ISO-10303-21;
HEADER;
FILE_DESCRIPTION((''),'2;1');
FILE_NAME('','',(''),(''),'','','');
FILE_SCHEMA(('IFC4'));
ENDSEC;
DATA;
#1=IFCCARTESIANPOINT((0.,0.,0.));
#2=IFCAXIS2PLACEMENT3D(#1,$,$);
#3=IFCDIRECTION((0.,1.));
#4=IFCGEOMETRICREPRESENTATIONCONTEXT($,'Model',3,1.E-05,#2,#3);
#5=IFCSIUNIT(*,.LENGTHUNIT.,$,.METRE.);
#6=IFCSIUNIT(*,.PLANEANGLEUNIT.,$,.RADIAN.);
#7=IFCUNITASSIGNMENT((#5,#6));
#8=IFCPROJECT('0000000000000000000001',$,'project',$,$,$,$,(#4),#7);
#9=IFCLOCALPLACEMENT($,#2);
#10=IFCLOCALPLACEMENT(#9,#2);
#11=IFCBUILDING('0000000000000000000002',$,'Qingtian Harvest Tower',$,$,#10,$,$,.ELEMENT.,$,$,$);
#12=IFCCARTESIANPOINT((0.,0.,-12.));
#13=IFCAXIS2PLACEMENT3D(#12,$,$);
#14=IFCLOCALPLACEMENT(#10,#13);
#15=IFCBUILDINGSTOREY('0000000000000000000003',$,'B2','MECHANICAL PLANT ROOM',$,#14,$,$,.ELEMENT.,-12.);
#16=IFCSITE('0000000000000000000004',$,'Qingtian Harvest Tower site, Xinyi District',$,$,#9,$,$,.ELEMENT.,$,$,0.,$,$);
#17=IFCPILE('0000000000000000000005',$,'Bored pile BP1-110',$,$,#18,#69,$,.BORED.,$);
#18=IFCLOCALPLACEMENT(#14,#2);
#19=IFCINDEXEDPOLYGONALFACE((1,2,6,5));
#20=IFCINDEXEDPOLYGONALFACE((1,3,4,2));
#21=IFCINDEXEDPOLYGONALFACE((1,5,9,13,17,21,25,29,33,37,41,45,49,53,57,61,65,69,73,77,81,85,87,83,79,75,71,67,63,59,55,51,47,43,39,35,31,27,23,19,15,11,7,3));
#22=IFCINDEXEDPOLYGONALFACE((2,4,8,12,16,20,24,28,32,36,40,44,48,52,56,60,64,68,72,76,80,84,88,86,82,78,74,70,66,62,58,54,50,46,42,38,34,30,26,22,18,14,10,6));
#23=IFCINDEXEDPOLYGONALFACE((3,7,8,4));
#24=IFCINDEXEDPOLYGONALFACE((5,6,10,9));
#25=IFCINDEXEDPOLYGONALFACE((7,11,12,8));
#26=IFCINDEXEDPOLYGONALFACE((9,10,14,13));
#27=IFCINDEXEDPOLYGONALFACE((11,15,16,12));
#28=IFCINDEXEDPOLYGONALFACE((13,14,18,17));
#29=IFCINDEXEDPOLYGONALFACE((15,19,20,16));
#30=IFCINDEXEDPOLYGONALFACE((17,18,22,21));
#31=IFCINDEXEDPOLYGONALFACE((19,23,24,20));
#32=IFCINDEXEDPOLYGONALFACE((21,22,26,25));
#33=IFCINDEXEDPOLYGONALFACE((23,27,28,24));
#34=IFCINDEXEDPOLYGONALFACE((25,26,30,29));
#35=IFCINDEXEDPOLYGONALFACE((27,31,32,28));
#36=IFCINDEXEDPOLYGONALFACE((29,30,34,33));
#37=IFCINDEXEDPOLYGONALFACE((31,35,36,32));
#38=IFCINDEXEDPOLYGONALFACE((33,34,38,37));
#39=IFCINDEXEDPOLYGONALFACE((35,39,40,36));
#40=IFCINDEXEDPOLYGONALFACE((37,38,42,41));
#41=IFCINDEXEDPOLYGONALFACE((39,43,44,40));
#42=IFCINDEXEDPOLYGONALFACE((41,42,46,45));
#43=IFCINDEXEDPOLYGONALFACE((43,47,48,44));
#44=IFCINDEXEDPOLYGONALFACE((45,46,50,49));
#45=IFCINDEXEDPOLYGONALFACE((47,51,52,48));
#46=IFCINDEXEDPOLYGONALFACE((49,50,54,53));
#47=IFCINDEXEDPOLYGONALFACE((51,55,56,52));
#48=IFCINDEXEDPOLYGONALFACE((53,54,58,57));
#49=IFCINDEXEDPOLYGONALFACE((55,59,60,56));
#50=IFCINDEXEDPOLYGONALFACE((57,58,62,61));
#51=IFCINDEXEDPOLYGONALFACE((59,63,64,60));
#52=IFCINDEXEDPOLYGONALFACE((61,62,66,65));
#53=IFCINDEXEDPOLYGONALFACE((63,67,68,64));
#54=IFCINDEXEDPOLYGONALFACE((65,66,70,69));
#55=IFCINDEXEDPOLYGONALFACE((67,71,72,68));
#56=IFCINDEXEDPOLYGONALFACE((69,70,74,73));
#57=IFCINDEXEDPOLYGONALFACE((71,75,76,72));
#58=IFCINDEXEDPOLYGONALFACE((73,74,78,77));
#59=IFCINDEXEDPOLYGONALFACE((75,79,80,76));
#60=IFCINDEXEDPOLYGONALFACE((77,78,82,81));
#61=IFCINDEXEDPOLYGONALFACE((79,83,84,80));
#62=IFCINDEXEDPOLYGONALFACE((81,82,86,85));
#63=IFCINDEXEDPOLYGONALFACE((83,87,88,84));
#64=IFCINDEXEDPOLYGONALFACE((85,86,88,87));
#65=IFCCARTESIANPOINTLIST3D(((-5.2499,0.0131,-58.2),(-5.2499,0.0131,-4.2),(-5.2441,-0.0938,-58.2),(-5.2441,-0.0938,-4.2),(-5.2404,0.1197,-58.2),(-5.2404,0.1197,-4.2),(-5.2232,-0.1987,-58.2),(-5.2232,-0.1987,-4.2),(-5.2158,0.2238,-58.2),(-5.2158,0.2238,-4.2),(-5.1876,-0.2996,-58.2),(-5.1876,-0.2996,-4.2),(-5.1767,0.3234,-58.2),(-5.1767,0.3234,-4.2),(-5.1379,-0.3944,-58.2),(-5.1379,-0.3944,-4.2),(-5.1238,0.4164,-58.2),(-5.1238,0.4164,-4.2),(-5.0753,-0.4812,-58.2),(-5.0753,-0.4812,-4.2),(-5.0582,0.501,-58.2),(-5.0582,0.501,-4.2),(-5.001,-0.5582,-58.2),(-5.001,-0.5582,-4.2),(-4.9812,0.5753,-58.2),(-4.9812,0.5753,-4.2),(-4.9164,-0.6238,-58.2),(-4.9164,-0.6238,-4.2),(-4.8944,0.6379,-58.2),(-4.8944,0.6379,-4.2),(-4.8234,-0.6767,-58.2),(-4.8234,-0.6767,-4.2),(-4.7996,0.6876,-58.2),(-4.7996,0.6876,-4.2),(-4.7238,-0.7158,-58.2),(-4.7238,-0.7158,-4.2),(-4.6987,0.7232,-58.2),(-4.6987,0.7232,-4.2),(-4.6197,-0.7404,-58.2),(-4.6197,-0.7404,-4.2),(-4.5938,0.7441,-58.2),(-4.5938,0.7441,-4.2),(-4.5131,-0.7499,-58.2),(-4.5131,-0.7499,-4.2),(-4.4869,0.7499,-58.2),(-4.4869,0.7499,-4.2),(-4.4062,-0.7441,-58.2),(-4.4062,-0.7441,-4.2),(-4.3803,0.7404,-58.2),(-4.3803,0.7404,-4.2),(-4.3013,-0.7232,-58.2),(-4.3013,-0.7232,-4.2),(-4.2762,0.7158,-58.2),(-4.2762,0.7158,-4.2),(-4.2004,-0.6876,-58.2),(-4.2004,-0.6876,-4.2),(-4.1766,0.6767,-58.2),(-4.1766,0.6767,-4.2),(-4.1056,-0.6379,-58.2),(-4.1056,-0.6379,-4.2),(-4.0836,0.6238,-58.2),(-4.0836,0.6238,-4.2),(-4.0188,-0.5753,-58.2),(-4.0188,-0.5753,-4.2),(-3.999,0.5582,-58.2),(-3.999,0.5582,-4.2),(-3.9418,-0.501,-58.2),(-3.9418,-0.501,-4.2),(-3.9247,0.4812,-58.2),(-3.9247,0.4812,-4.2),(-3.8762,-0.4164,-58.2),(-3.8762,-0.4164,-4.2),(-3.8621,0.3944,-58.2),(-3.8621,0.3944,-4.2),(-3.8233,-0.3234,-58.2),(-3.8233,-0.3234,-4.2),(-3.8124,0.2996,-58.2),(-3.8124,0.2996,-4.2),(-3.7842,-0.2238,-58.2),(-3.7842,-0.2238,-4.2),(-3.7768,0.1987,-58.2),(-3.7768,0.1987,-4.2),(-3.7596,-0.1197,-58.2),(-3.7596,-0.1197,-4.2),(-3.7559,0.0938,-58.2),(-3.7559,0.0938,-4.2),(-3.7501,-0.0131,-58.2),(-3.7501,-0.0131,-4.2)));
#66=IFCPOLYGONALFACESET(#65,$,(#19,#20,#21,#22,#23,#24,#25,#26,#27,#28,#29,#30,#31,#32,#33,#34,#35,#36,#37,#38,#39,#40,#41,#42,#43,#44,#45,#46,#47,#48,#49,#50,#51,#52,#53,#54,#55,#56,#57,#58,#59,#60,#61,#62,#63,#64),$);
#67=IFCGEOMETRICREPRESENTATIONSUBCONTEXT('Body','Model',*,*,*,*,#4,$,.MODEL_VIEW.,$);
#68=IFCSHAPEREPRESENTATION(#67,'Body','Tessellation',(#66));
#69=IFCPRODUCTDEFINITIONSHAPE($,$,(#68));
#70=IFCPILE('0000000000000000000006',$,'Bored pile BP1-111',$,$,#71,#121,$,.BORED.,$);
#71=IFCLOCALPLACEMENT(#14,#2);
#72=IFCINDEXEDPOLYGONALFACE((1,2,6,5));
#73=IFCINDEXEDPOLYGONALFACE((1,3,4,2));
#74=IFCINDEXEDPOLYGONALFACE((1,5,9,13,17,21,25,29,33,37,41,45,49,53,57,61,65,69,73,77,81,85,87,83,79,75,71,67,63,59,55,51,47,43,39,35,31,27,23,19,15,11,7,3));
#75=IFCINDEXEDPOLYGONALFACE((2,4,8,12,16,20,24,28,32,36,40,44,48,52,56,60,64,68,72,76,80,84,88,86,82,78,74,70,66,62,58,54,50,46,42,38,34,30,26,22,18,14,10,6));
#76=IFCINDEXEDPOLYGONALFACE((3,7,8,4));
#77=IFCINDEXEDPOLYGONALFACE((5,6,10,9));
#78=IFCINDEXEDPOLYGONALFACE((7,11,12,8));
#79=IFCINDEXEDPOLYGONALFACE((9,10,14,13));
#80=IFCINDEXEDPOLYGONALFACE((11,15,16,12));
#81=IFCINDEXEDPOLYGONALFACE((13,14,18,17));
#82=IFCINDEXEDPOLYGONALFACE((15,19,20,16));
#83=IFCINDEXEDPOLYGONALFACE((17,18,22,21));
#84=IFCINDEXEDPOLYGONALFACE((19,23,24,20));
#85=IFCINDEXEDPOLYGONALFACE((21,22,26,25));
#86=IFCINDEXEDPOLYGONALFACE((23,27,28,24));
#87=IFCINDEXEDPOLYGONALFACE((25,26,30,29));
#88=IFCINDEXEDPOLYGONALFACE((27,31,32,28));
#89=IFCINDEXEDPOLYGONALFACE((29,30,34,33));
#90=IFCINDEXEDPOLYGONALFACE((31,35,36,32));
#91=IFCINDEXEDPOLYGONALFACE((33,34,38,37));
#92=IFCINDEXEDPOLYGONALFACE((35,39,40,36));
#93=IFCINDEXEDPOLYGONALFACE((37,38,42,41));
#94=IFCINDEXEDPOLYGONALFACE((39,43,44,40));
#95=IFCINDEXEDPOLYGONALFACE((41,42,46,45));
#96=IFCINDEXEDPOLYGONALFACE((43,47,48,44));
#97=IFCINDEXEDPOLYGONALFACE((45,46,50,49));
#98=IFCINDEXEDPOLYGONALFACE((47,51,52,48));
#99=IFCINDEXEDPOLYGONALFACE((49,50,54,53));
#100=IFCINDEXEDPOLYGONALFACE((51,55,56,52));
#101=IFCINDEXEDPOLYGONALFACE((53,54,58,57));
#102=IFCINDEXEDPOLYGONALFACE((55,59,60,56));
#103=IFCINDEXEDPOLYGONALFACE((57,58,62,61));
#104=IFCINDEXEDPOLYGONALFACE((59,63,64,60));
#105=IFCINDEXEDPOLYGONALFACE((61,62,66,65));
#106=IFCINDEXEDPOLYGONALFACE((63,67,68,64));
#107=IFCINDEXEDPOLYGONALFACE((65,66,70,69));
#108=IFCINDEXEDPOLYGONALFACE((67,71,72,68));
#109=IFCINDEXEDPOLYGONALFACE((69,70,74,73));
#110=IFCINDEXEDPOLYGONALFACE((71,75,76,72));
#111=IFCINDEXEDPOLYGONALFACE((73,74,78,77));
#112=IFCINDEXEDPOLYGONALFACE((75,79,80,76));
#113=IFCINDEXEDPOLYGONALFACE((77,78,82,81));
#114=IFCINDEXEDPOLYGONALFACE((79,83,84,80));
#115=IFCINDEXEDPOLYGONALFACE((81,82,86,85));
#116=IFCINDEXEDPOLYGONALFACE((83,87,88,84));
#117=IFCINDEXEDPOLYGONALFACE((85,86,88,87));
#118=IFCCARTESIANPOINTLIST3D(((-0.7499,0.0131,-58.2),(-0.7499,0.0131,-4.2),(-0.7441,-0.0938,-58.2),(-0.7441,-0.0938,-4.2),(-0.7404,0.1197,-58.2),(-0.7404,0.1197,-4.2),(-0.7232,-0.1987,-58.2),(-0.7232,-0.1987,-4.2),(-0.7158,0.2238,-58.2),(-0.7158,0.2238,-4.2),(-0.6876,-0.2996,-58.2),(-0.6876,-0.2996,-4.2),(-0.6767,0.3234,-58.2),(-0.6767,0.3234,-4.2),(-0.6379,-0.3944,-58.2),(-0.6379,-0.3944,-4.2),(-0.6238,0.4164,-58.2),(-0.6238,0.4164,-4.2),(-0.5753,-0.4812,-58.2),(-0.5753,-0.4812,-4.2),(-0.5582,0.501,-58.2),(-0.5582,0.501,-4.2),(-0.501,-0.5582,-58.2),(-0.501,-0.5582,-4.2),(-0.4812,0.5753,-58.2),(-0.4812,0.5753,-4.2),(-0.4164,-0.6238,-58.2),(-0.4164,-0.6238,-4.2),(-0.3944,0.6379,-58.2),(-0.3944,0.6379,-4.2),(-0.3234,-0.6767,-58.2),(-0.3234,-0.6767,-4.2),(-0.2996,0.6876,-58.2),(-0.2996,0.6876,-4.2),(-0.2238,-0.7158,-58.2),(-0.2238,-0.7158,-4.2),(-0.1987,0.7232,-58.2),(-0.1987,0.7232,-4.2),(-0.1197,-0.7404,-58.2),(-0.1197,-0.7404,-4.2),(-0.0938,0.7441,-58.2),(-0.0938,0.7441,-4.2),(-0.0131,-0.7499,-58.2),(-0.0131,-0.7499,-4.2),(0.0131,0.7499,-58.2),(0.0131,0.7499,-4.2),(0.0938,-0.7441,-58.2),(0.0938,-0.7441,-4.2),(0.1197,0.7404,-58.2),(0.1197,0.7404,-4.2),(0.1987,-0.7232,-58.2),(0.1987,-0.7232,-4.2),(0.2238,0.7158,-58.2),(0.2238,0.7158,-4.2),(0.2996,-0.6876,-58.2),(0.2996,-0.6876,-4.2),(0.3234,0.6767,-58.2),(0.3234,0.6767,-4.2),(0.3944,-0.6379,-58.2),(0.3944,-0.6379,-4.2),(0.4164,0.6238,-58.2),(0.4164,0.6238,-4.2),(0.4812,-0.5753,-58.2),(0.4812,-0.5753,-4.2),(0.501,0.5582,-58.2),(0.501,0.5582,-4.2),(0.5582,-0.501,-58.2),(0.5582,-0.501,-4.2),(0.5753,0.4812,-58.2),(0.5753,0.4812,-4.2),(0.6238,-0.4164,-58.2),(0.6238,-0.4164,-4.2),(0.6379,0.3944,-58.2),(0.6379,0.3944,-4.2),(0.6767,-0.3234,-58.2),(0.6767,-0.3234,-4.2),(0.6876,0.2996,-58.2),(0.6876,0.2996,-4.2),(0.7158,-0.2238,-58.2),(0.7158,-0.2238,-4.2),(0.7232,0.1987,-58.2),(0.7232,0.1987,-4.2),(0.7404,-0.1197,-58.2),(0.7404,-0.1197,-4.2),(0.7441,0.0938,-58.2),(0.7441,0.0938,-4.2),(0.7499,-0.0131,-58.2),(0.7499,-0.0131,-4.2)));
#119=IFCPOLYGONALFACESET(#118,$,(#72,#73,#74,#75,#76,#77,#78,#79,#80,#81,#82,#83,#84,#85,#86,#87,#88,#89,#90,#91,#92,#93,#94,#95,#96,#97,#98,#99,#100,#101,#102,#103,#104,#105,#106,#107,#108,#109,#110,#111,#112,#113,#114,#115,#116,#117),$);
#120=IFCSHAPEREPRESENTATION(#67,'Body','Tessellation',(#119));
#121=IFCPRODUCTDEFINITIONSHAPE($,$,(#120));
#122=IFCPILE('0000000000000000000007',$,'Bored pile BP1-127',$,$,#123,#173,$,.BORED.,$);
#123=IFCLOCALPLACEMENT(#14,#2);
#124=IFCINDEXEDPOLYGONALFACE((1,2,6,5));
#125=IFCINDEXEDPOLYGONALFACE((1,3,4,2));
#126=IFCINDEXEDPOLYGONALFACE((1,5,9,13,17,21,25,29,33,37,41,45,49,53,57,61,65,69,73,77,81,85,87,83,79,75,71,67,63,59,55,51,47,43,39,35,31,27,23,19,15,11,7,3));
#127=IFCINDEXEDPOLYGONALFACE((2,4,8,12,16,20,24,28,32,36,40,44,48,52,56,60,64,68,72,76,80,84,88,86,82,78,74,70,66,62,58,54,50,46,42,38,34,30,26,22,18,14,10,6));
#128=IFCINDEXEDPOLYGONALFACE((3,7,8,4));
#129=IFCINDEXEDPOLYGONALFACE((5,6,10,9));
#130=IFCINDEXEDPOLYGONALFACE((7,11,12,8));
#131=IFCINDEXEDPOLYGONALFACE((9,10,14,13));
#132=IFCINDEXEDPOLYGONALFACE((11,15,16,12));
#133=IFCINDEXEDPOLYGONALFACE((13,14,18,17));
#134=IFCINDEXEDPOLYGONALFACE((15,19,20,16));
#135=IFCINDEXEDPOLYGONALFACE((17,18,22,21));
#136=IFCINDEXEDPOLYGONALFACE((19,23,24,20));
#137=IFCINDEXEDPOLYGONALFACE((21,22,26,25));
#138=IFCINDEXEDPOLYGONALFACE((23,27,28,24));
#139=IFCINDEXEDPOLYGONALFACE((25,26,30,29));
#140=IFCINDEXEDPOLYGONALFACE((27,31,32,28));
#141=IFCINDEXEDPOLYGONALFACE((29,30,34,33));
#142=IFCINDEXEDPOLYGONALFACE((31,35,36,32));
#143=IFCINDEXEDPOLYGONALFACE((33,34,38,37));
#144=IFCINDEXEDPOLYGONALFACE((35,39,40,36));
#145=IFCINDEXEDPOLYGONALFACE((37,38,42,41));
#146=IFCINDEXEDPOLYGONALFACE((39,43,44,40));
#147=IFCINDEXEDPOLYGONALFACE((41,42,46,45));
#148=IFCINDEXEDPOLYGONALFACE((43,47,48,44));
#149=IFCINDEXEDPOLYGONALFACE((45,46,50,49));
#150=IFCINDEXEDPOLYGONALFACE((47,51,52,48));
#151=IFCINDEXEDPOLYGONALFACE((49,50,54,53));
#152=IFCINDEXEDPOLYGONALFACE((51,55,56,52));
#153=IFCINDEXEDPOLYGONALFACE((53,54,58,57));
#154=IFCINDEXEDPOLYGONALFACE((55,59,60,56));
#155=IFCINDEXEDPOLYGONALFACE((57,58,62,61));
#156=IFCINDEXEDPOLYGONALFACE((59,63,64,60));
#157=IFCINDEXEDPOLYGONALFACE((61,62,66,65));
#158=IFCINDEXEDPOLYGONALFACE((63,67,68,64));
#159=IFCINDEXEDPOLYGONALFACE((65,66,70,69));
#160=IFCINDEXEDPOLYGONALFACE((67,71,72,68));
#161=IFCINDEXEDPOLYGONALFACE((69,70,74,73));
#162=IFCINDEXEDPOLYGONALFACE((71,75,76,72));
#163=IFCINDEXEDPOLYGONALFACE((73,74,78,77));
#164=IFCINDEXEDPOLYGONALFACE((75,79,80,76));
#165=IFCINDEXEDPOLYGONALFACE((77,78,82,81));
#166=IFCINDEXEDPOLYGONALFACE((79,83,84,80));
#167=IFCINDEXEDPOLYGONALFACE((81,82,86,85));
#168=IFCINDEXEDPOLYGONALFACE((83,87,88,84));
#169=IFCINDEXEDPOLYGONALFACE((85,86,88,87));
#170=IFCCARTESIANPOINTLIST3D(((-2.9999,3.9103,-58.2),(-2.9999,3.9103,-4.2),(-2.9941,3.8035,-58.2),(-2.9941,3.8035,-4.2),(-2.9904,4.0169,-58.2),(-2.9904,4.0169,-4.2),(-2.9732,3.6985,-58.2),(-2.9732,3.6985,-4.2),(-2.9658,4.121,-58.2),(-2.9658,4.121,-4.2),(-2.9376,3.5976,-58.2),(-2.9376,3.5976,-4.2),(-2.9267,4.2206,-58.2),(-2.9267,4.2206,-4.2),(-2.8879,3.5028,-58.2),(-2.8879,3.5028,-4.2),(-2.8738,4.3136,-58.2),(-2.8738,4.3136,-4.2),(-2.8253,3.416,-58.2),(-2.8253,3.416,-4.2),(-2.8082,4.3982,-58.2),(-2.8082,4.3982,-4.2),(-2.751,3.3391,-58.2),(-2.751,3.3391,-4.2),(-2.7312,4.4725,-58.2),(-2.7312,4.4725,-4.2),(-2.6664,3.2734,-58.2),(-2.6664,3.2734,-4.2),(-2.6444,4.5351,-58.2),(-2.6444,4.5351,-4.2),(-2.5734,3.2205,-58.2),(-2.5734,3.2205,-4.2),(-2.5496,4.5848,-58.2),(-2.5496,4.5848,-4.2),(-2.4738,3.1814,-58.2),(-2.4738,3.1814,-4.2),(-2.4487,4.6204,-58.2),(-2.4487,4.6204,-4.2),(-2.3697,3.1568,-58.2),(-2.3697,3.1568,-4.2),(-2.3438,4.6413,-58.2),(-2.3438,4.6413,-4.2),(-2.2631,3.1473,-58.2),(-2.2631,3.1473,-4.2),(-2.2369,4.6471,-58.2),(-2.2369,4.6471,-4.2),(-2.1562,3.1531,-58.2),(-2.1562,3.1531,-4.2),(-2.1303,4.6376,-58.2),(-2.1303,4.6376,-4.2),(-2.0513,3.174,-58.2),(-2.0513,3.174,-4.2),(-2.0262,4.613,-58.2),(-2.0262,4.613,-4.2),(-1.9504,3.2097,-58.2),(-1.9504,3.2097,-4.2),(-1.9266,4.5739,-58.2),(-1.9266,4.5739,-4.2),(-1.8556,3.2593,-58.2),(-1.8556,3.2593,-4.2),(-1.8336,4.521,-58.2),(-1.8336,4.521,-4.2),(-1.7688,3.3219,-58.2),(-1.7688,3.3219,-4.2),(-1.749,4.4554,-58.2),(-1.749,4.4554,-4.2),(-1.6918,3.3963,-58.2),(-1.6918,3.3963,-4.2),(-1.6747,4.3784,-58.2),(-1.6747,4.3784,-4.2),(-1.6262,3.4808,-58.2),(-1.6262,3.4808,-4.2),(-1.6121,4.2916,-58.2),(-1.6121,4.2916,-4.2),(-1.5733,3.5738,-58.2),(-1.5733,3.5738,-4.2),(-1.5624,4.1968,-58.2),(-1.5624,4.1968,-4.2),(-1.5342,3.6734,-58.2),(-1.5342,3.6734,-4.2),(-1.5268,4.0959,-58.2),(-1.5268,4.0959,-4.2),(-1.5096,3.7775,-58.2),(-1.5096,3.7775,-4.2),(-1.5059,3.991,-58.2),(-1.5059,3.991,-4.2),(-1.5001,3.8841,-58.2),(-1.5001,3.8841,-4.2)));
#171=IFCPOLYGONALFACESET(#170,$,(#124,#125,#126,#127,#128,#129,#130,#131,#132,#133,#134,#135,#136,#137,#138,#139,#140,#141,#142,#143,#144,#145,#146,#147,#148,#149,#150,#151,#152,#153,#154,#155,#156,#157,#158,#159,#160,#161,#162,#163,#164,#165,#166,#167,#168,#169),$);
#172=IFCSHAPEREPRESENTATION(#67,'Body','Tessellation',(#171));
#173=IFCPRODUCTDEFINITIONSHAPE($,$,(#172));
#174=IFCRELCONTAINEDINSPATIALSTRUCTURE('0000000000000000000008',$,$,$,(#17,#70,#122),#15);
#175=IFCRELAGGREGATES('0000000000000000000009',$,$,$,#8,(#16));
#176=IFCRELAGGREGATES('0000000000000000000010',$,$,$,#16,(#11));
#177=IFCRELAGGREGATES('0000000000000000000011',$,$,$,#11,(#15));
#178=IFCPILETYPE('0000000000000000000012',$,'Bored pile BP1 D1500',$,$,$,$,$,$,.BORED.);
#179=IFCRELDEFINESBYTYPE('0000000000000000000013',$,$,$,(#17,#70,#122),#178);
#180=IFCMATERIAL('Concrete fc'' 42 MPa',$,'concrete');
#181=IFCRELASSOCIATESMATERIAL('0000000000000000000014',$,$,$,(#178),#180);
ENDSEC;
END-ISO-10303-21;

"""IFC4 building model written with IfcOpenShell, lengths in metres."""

from ifc_helpers import new_model, si_unit, direction, frame, frame_2d, origin, place, context, subcontext, project, spatial, circle, extrude, material, material_profile, profile_set, type_object, element, save


model = new_model("IFC4")

# Units and contexts
model_context = context("Model", 3, precision=1e-05, world=origin(), true_north=direction((0.0, 1.0)))
body_context = subcontext(model_context, "Body", "Model", "MODEL_VIEW")
ifc_project = project(units=[si_unit("LENGTHUNIT", "METRE"), si_unit("PLANEANGLEUNIT", "RADIAN")], contexts=[model_context])

# Site, building, storey
site_placement = place(None, origin())
site = spatial("IfcSite", under=ifc_project, at=site_placement, Name="Qingtian Harvest Tower site, Xinyi District", CompositionType="ELEMENT", RefElevation=0.0)
building_placement = place(site_placement, origin())
building = spatial("IfcBuilding", under=site, at=building_placement, Name="Qingtian Harvest Tower", CompositionType="ELEMENT")
storey_placement = place(building_placement, frame((0.0, 0.0, -12.0)))
storey = spatial("IfcBuildingStorey", under=building, at=storey_placement, Name="B2", Description="MECHANICAL PLANT ROOM", CompositionType="ELEMENT", Elevation=-12.0)

# Piles
ifc_material_1 = material(Name="Concrete fc' 42 MPa", Category="concrete")
ifc_material_profile = material_profile(ifc_material_1, circle(Radius=0.75, at=frame_2d((0.0, 0.0), x_axis=(0.999848, 0.017452))), Name="Bored pile BP1 D1500")
ifc_profile_set = profile_set([ifc_material_profile], Name="Concrete fc' 42 MPa")
pile_type = type_object("IfcPileType", Name="Bored pile BP1 D1500", PredefinedType="BORED", material=ifc_profile_set)
for number, where, z_axis, x_axis, name in (
    (1, (-4.5, 0.0, -4.2), (0.0, 0.0, -1.0), (1.0, 0.0, 0.0), "Bored pile BP1-110"),
    (2, (0.0, 0.0, -4.2), (0.0, 0.0, -1.0), (1.0, 0.0, 0.0), "Bored pile BP1-111"),
    (3, (-2.25, 3.8972, -4.2), (0.0, 0.0, -1.0), (1.0, 0.0, 0.0), "Bored pile BP1-127"),
):
    element("IfcPile", number, at=place(storey_placement, frame(where, z_axis=z_axis, x_axis=x_axis)), inside=storey, type_object=pile_type, Name=name, PredefinedType="BORED", context=body_context, shape_type="SweptSolid", body=[
        extrude(circle(Radius=0.75, at=frame_2d((0.0, 0.0), x_axis=(0.999848, 0.017452))), origin(), (0.0, 0.0, 1.0), 54.0),
    ])

save(model, "model.ifc")
